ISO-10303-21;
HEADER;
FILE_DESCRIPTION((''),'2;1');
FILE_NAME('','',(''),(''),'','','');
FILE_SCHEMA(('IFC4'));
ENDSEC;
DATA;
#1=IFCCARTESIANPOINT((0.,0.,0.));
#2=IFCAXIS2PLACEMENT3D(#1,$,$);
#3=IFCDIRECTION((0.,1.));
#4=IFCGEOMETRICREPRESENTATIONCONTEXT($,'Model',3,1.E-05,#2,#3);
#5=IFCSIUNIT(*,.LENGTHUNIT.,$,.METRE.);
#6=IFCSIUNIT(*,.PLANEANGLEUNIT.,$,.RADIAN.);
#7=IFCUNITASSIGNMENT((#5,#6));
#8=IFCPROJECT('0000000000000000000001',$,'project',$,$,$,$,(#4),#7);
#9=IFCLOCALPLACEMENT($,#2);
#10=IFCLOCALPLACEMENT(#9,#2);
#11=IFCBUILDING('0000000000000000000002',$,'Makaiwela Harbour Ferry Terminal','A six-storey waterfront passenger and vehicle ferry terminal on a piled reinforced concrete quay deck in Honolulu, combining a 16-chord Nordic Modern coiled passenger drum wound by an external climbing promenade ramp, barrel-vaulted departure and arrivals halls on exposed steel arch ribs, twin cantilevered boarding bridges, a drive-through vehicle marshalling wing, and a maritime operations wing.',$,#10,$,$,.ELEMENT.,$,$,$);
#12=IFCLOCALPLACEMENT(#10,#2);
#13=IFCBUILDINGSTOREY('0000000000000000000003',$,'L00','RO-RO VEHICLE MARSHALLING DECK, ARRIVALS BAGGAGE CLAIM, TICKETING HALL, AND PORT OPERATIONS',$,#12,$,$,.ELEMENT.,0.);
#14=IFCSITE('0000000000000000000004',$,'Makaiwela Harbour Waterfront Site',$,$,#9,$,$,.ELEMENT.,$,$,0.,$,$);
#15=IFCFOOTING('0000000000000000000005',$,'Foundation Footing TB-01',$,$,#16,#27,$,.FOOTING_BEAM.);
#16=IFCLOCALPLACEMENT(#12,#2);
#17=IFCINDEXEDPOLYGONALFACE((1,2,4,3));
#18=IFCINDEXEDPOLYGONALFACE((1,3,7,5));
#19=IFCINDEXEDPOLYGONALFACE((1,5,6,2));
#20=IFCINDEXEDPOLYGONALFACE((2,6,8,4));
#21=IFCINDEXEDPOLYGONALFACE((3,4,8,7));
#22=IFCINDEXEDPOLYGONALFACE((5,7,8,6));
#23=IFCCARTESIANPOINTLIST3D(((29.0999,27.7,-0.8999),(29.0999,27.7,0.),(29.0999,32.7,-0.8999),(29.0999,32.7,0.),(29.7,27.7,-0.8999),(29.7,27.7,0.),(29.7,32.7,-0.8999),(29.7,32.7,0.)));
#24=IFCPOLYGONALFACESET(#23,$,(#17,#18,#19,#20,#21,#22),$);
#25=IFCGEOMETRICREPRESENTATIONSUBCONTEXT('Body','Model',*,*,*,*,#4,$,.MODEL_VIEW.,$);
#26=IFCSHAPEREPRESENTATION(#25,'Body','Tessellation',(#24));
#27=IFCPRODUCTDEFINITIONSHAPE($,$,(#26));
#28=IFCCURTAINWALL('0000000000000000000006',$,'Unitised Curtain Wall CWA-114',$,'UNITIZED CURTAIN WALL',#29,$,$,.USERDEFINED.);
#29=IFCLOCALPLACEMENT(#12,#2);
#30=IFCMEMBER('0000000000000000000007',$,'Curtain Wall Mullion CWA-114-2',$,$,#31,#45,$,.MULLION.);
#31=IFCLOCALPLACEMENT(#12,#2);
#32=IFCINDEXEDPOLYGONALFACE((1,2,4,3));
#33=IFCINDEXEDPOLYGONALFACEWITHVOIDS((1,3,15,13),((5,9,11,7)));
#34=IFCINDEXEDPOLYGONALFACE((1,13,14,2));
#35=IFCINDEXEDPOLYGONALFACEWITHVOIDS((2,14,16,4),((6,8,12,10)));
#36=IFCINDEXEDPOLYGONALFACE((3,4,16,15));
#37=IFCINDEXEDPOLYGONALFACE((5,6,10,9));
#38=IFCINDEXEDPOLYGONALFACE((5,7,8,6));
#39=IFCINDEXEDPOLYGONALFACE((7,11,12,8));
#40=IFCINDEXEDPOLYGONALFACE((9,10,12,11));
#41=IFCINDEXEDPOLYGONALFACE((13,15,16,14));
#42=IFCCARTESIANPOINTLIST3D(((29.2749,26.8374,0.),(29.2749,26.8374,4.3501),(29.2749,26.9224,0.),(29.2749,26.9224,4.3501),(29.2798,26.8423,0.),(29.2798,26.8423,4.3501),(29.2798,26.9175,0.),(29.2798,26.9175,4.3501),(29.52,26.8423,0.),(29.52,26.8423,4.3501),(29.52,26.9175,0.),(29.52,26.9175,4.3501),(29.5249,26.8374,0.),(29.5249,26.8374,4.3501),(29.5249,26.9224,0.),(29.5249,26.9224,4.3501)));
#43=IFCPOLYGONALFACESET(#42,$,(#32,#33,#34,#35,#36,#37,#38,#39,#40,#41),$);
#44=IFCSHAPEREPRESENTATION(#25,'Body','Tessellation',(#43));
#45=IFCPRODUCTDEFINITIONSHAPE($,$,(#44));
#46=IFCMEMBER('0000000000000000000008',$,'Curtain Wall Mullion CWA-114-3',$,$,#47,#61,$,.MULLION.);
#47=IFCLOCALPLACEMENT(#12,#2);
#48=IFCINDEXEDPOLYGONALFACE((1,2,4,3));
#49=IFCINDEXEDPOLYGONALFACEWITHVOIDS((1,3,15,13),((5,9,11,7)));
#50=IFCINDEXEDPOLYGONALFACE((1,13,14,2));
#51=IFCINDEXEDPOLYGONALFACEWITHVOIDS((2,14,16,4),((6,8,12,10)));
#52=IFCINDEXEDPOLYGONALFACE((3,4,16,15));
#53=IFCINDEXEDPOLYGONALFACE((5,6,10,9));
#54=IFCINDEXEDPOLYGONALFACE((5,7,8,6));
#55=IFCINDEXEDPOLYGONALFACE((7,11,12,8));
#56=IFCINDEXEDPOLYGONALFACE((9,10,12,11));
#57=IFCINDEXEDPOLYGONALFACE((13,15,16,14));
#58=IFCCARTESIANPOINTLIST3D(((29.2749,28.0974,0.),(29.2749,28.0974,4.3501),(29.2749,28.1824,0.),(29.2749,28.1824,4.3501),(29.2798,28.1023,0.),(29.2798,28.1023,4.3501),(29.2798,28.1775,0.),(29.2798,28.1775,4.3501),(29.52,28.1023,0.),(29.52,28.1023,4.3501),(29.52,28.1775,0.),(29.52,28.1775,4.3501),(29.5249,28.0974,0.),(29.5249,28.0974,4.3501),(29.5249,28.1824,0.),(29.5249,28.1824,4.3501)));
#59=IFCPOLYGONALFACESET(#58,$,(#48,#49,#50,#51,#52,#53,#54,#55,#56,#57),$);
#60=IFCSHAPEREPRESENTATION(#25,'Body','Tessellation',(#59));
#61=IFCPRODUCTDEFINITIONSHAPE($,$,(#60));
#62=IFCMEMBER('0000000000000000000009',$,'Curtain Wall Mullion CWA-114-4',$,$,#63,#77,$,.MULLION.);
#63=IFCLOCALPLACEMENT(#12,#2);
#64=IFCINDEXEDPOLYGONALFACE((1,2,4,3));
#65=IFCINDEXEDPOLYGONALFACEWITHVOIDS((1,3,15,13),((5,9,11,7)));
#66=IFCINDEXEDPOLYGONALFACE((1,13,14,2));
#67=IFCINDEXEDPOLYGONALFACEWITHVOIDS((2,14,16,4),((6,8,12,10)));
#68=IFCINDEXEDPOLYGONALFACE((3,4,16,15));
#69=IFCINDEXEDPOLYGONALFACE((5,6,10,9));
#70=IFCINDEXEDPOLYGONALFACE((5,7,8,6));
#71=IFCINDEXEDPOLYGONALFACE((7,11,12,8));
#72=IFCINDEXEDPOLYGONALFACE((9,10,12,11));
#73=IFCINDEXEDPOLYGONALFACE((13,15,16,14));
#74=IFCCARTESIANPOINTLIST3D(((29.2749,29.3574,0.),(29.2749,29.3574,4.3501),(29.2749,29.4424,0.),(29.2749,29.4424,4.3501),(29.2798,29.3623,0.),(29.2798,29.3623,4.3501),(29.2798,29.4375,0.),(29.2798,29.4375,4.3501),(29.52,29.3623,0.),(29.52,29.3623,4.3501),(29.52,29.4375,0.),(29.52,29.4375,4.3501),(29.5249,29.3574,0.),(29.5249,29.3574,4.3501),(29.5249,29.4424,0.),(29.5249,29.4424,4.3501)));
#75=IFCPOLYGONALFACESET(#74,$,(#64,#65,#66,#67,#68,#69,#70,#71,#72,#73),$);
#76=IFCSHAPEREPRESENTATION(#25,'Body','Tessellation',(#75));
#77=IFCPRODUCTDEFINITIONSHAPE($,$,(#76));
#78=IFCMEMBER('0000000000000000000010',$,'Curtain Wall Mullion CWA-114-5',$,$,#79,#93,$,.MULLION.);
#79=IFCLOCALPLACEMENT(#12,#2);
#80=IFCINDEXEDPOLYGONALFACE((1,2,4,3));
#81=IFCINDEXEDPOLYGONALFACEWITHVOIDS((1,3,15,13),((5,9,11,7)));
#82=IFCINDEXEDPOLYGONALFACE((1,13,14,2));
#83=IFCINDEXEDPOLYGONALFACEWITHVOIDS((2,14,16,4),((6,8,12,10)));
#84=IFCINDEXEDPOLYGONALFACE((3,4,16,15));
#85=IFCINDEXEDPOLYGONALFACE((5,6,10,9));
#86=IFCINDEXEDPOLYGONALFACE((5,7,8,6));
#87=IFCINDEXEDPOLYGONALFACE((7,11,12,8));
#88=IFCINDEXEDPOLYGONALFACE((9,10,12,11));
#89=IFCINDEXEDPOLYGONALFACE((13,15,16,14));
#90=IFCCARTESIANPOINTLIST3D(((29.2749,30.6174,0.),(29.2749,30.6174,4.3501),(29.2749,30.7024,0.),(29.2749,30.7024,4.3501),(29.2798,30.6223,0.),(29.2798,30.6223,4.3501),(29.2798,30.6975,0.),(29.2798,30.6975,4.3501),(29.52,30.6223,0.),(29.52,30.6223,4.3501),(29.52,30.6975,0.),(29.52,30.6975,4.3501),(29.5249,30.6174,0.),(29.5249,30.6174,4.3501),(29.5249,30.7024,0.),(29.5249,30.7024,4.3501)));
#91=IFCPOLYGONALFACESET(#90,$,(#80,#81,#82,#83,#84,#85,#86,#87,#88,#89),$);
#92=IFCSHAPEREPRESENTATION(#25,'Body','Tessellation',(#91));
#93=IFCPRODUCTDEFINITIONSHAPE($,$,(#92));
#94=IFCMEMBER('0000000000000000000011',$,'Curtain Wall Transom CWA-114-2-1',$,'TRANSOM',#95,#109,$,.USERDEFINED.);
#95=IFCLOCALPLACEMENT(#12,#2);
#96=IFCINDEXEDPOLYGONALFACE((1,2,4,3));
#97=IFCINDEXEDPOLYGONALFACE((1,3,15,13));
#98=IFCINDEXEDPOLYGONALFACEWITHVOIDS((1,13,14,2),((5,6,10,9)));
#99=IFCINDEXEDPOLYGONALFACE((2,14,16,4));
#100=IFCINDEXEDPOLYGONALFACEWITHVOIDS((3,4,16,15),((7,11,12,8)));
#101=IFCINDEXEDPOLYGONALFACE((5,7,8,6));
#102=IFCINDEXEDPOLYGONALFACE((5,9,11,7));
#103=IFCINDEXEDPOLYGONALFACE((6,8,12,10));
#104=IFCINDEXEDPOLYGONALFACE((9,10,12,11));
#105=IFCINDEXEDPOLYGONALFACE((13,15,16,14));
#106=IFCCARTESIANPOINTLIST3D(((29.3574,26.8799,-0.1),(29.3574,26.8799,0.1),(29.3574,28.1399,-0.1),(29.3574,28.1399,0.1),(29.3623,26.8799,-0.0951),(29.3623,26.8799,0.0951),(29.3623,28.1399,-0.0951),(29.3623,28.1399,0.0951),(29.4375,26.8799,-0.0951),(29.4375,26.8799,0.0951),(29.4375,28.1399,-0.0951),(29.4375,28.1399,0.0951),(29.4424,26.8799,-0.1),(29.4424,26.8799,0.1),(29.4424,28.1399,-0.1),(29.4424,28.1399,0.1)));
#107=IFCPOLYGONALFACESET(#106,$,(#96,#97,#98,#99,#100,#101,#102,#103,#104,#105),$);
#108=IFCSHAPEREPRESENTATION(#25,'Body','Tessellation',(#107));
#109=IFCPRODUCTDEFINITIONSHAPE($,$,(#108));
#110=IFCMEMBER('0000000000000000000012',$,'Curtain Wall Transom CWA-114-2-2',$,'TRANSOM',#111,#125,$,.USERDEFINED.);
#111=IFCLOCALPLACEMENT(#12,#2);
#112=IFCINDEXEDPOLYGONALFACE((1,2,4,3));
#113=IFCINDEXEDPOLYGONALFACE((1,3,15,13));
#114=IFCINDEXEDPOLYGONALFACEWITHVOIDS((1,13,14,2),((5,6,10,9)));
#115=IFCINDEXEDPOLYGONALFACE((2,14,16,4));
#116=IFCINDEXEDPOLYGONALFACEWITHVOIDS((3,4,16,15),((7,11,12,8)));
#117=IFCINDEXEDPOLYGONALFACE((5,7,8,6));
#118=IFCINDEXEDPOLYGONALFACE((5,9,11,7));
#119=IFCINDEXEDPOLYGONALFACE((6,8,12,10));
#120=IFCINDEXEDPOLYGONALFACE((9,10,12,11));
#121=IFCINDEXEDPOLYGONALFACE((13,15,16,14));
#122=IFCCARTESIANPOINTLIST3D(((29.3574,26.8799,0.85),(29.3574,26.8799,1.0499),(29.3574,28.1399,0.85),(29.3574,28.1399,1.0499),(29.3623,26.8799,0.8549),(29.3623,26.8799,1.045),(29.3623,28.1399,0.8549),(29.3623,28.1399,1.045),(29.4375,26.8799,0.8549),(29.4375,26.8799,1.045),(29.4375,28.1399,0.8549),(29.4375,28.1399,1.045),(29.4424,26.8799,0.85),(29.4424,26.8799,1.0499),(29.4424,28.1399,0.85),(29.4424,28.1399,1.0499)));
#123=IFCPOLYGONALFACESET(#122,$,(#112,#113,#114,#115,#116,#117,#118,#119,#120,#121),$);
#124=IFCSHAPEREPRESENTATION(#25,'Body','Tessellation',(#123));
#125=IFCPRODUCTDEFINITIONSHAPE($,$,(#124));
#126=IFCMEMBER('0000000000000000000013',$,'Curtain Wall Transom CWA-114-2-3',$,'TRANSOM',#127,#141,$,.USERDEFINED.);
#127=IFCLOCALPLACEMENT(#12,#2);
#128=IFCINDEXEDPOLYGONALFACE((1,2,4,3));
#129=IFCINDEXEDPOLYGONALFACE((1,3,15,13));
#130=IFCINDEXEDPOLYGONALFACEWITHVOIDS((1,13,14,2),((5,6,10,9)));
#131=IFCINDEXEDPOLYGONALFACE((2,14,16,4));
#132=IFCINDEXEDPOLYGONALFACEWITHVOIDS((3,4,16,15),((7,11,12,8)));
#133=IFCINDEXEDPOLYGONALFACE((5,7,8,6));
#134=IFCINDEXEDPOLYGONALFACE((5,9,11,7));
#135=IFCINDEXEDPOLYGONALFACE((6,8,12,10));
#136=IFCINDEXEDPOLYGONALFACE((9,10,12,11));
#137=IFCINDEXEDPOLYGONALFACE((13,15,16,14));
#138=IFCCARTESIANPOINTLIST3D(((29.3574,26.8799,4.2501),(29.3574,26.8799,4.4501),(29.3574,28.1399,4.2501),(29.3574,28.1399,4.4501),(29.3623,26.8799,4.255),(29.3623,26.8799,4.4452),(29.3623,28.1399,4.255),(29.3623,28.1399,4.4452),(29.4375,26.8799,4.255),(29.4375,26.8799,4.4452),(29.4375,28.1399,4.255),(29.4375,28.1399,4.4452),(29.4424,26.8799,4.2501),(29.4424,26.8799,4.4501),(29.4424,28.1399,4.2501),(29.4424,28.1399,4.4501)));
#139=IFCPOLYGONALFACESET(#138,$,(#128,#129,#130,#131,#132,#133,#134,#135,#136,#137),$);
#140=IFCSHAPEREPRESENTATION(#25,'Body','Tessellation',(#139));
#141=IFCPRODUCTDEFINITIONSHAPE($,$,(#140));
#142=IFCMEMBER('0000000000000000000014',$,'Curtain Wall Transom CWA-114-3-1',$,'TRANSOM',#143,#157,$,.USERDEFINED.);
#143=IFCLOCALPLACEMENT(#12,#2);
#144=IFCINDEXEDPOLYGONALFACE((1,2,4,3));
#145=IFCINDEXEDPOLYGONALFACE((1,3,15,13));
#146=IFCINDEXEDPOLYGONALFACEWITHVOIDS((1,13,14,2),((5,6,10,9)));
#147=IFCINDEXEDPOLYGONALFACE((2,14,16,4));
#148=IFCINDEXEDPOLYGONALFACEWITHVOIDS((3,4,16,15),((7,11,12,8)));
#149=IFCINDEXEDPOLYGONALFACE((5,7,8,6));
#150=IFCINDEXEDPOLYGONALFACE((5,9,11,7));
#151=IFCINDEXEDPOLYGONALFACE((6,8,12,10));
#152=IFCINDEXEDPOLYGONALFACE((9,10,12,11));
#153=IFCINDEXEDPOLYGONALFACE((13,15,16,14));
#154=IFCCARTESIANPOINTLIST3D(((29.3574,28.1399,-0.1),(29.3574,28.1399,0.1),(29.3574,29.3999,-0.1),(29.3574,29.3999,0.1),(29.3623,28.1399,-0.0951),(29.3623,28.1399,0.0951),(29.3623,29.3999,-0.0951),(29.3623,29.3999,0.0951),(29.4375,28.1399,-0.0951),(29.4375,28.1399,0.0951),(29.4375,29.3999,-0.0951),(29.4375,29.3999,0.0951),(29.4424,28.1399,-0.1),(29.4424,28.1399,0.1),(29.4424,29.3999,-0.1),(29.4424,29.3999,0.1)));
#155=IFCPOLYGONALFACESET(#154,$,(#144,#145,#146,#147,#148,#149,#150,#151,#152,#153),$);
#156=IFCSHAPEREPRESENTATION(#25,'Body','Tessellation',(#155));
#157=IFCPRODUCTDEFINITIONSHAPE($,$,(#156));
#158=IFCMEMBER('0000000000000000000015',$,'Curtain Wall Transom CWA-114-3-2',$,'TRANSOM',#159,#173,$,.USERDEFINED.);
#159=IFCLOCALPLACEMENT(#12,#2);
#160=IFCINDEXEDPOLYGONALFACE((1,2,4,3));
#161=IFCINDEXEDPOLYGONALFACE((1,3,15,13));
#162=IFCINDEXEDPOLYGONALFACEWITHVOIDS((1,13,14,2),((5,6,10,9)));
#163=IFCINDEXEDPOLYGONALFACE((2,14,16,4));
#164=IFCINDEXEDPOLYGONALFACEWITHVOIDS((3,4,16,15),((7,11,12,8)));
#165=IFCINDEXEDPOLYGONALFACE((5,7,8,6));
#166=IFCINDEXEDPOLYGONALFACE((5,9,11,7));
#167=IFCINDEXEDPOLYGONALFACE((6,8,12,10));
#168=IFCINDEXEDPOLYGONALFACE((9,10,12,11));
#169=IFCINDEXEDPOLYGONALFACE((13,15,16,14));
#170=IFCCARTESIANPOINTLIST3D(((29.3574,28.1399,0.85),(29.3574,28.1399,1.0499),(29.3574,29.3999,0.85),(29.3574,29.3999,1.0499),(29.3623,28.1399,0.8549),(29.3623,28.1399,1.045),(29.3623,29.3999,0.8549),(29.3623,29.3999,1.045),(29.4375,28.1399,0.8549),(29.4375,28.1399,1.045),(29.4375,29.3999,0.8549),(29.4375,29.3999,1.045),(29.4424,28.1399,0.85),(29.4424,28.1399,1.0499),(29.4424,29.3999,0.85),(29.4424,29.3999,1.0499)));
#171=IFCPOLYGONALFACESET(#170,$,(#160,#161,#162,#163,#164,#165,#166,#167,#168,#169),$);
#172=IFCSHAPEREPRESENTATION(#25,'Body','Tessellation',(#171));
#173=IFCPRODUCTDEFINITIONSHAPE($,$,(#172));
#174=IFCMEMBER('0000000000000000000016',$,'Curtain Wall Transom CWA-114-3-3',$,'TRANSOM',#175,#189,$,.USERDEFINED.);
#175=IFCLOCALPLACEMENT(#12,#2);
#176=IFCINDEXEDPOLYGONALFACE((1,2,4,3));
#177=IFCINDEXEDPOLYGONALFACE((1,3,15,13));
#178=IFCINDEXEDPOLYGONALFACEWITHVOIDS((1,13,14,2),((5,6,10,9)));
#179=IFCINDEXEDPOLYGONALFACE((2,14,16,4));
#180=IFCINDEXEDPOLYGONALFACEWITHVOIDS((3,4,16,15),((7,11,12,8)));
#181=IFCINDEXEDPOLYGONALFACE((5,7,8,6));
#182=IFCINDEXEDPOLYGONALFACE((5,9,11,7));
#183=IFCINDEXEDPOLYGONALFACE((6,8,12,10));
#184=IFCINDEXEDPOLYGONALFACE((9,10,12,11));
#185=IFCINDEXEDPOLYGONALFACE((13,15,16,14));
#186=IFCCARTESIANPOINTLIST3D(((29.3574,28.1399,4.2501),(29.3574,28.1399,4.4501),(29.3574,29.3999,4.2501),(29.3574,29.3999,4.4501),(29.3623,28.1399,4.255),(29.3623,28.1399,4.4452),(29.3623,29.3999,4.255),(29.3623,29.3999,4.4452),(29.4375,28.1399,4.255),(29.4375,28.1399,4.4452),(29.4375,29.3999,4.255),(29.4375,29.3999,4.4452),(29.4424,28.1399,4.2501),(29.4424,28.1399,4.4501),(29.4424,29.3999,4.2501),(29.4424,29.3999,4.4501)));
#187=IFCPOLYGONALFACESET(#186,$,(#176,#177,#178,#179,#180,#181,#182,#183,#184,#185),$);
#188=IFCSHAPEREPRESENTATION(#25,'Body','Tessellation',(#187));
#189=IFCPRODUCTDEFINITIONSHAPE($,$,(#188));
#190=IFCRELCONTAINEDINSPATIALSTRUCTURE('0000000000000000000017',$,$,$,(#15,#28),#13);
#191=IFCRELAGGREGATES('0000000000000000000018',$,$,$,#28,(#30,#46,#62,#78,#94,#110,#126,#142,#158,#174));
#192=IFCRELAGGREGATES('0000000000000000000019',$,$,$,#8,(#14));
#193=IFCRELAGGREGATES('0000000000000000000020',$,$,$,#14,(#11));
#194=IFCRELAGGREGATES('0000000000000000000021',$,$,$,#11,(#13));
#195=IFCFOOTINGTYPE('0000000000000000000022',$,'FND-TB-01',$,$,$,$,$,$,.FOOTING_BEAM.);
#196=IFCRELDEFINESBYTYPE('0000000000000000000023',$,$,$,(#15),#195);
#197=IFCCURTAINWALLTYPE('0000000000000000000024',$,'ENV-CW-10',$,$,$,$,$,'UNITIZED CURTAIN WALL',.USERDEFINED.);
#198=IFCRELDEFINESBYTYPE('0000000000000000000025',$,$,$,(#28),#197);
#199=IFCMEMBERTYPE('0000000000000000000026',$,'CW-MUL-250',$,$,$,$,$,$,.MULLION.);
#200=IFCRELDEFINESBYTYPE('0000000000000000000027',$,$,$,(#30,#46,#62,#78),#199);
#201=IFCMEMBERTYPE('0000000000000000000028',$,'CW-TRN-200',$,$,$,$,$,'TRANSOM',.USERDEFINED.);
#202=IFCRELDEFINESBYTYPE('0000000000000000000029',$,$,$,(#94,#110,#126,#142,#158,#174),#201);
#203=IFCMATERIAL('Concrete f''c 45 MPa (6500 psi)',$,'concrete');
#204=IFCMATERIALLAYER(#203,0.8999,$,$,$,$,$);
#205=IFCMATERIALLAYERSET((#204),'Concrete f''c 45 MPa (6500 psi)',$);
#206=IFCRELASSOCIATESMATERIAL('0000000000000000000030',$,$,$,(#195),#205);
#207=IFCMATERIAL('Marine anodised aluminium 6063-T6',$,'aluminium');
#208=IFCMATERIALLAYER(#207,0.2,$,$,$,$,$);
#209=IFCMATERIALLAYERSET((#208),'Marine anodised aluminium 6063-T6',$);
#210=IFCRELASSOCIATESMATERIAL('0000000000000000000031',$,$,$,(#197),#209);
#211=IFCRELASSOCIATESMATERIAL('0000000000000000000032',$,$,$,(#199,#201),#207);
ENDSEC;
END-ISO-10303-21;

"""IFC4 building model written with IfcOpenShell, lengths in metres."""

from ifc_helpers import new_model, si_unit, direction, frame, origin, origin_2d, place, context, subcontext, project, spatial, rectangle, hollow_rectangle, extrude, material, layer, layer_set, material_profile, profile_set, type_object, element, aggregate, save


model = new_model("IFC4")

# Units and contexts
model_context = context("Model", 3, precision=1e-05, world=origin(), true_north=direction((0.0, 1.0)))
body_context = subcontext(model_context, "Body", "Model", "MODEL_VIEW")
ifc_project = project(units=[si_unit("LENGTHUNIT", "METRE"), si_unit("PLANEANGLEUNIT", "RADIAN")], contexts=[model_context])

# Site, building, storey
site_placement = place(None, origin())
site = spatial("IfcSite", under=ifc_project, at=site_placement, Name="Makaiwela Harbour Waterfront Site", CompositionType="ELEMENT", RefElevation=0.0)
building_placement = place(site_placement, origin())
building = spatial("IfcBuilding", under=site, at=building_placement, Name="Makaiwela Harbour Ferry Terminal", Description="A six-storey waterfront passenger and vehicle ferry terminal on a piled reinforced concrete quay deck in Honolulu, combining a 16-chord Nordic Modern coiled passenger drum wound by an external climbing promenade ramp, barrel-vaulted departure and arrivals halls on exposed steel arch ribs, twin cantilevered boarding bridges, a drive-through vehicle marshalling wing, and a maritime operations wing.", CompositionType="ELEMENT")
storey_placement = place(building_placement, origin())
storey = spatial("IfcBuildingStorey", under=building, at=storey_placement, Name="L00", Description="RO-RO VEHICLE MARSHALLING DECK, ARRIVALS BAGGAGE CLAIM, TICKETING HALL, AND PORT OPERATIONS", CompositionType="ELEMENT", Elevation=0.0)

# Footing
ifc_material_1 = material(Name="Concrete f'c 45 MPa (6500 psi)", Category="concrete")
ifc_layer_1 = layer(ifc_material_1, 0.8999)
ifc_layer_set_1 = layer_set([ifc_layer_1], Name="Concrete f'c 45 MPa (6500 psi)")
footing_type = type_object("IfcFootingType", Name="FND-TB-01", PredefinedType="FOOTING_BEAM", material=ifc_layer_set_1)
footing_placement = place(storey_placement, frame((29.3999, 30.2, -0.8999), z_axis=(0.0, 0.0, 1.0), x_axis=(0.0, 1.0, 0.0)))
element("IfcFooting", 1, at=footing_placement, inside=storey, type_object=footing_type, Name="Foundation Footing TB-01", PredefinedType="FOOTING_BEAM", context=body_context, shape_type="SweptSolid", body=[
    extrude(rectangle(XDim=5.0, YDim=0.6001, at=origin_2d()), origin(), (0.0, 0.0, 1.0), 0.8999),
])

# Curtain wall, members
ifc_material_2 = material(Name="Marine anodised aluminium 6063-T6", Category="aluminium")
ifc_layer_2 = layer(ifc_material_2, 0.2)
ifc_layer_set_2 = layer_set([ifc_layer_2], Name="Marine anodised aluminium 6063-T6")
curtain_wall_type = type_object("IfcCurtainWallType", Name="ENV-CW-10", ElementType="UNITIZED CURTAIN WALL", PredefinedType="USERDEFINED", material=ifc_layer_set_2)
curtain_wall_placement = place(storey_placement, origin())
curtain_wall = element("IfcCurtainWall", 2, at=curtain_wall_placement, inside=storey, type_object=curtain_wall_type, Name="Unitised Curtain Wall CWA-114", ObjectType="UNITIZED CURTAIN WALL", PredefinedType="USERDEFINED")
ifc_material_profile_1 = material_profile(ifc_material_2, hollow_rectangle(XDim=0.085, YDim=0.25, WallThickness=0.0049, at=origin_2d()), Name="CWM-250X85")
ifc_profile_set_1 = profile_set([ifc_material_profile_1], Name="Marine anodised aluminium 6063-T6")
member_type_1 = type_object("IfcMemberType", Name="CW-MUL-250", PredefinedType="MULLION", material=ifc_profile_set_1)
member_1_placement = place(storey_placement, frame((29.3999, 26.8799, 0.0), z_axis=(0.0, 0.0, 1.0), x_axis=(0.0, 1.0, 0.0)))
member_1 = element("IfcMember", 3, at=member_1_placement, type_object=member_type_1, Name="Curtain Wall Mullion CWA-114-2", PredefinedType="MULLION", context=body_context, shape_type="SweptSolid", body=[
    extrude(hollow_rectangle(XDim=0.085, YDim=0.25, WallThickness=0.0049, at=origin_2d()), origin(), (0.0, 0.0, 1.0), 4.3501),
])
member_2_placement = place(storey_placement, frame((29.3999, 28.1399, 0.0), z_axis=(0.0, 0.0, 1.0), x_axis=(0.0, 1.0, 0.0)))
member_2 = element("IfcMember", 4, at=member_2_placement, type_object=member_type_1, Name="Curtain Wall Mullion CWA-114-3", PredefinedType="MULLION", context=body_context, shape_type="SweptSolid", body=[
    extrude(hollow_rectangle(XDim=0.085, YDim=0.25, WallThickness=0.0049, at=origin_2d()), origin(), (0.0, 0.0, 1.0), 4.3501),
])
member_3_placement = place(storey_placement, frame((29.3999, 29.3999, 0.0), z_axis=(0.0, 0.0, 1.0), x_axis=(0.0, 1.0, 0.0)))
member_3 = element("IfcMember", 5, at=member_3_placement, type_object=member_type_1, Name="Curtain Wall Mullion CWA-114-4", PredefinedType="MULLION", context=body_context, shape_type="SweptSolid", body=[
    extrude(hollow_rectangle(XDim=0.085, YDim=0.25, WallThickness=0.0049, at=origin_2d()), origin(), (0.0, 0.0, 1.0), 4.3501),
])
member_4_placement = place(storey_placement, frame((29.3999, 30.6599, 0.0), z_axis=(0.0, 0.0, 1.0), x_axis=(0.0, 1.0, 0.0)))
member_4 = element("IfcMember", 6, at=member_4_placement, type_object=member_type_1, Name="Curtain Wall Mullion CWA-114-5", PredefinedType="MULLION", context=body_context, shape_type="SweptSolid", body=[
    extrude(hollow_rectangle(XDim=0.085, YDim=0.25, WallThickness=0.0049, at=origin_2d()), origin(), (0.0, 0.0, 1.0), 4.3501),
])
ifc_material_profile_2 = material_profile(ifc_material_2, hollow_rectangle(XDim=0.085, YDim=0.2, WallThickness=0.0049, at=origin_2d()), Name="CWT-200X85")
ifc_profile_set_2 = profile_set([ifc_material_profile_2], Name="Marine anodised aluminium 6063-T6")
member_type_2 = type_object("IfcMemberType", Name="CW-TRN-200", ElementType="TRANSOM", PredefinedType="USERDEFINED", material=ifc_profile_set_2)
member_5_placement = place(storey_placement, frame((29.3999, 26.8799, 0.0), z_axis=(0.0, 1.0, 0.0), x_axis=(-1.0, 0.0, 0.0)))
member_5 = element("IfcMember", 7, at=member_5_placement, type_object=member_type_2, Name="Curtain Wall Transom CWA-114-2-1", ObjectType="TRANSOM", PredefinedType="USERDEFINED", context=body_context, shape_type="SweptSolid", body=[
    extrude(hollow_rectangle(XDim=0.085, YDim=0.2, WallThickness=0.0049, at=origin_2d()), origin(), (0.0, 0.0, 1.0), 1.26),
])
member_6_placement = place(storey_placement, frame((29.3999, 26.8799, 0.95), z_axis=(0.0, 1.0, 0.0), x_axis=(-1.0, 0.0, 0.0)))
member_6 = element("IfcMember", 8, at=member_6_placement, type_object=member_type_2, Name="Curtain Wall Transom CWA-114-2-2", ObjectType="TRANSOM", PredefinedType="USERDEFINED", context=body_context, shape_type="SweptSolid", body=[
    extrude(hollow_rectangle(XDim=0.085, YDim=0.2, WallThickness=0.0049, at=origin_2d()), origin(), (0.0, 0.0, 1.0), 1.26),
])
member_7_placement = place(storey_placement, frame((29.3999, 26.8799, 4.3501), z_axis=(0.0, 1.0, 0.0), x_axis=(-1.0, 0.0, 0.0)))
member_7 = element("IfcMember", 9, at=member_7_placement, type_object=member_type_2, Name="Curtain Wall Transom CWA-114-2-3", ObjectType="TRANSOM", PredefinedType="USERDEFINED", context=body_context, shape_type="SweptSolid", body=[
    extrude(hollow_rectangle(XDim=0.085, YDim=0.2, WallThickness=0.0049, at=origin_2d()), origin(), (0.0, 0.0, 1.0), 1.26),
])
member_8_placement = place(storey_placement, frame((29.3999, 28.1399, 0.0), z_axis=(0.0, 1.0, 0.0), x_axis=(-1.0, 0.0, 0.0)))
member_8 = element("IfcMember", 10, at=member_8_placement, type_object=member_type_2, Name="Curtain Wall Transom CWA-114-3-1", ObjectType="TRANSOM", PredefinedType="USERDEFINED", context=body_context, shape_type="SweptSolid", body=[
    extrude(hollow_rectangle(XDim=0.085, YDim=0.2, WallThickness=0.0049, at=origin_2d()), origin(), (0.0, 0.0, 1.0), 1.26),
])
member_9_placement = place(storey_placement, frame((29.3999, 28.1399, 0.95), z_axis=(0.0, 1.0, 0.0), x_axis=(-1.0, 0.0, 0.0)))
member_9 = element("IfcMember", 11, at=member_9_placement, type_object=member_type_2, Name="Curtain Wall Transom CWA-114-3-2", ObjectType="TRANSOM", PredefinedType="USERDEFINED", context=body_context, shape_type="SweptSolid", body=[
    extrude(hollow_rectangle(XDim=0.085, YDim=0.2, WallThickness=0.0049, at=origin_2d()), origin(), (0.0, 0.0, 1.0), 1.26),
])
member_10_placement = place(storey_placement, frame((29.3999, 28.1399, 4.3501), z_axis=(0.0, 1.0, 0.0), x_axis=(-1.0, 0.0, 0.0)))
member_10 = element("IfcMember", 12, at=member_10_placement, type_object=member_type_2, Name="Curtain Wall Transom CWA-114-3-3", ObjectType="TRANSOM", PredefinedType="USERDEFINED", context=body_context, shape_type="SweptSolid", body=[
    extrude(hollow_rectangle(XDim=0.085, YDim=0.2, WallThickness=0.0049, at=origin_2d()), origin(), (0.0, 0.0, 1.0), 1.26),
])
aggregate(curtain_wall, [member_1, member_2, member_3, member_4, member_5, member_6, member_7, member_8, member_9, member_10])

save(model, "model.ifc")
